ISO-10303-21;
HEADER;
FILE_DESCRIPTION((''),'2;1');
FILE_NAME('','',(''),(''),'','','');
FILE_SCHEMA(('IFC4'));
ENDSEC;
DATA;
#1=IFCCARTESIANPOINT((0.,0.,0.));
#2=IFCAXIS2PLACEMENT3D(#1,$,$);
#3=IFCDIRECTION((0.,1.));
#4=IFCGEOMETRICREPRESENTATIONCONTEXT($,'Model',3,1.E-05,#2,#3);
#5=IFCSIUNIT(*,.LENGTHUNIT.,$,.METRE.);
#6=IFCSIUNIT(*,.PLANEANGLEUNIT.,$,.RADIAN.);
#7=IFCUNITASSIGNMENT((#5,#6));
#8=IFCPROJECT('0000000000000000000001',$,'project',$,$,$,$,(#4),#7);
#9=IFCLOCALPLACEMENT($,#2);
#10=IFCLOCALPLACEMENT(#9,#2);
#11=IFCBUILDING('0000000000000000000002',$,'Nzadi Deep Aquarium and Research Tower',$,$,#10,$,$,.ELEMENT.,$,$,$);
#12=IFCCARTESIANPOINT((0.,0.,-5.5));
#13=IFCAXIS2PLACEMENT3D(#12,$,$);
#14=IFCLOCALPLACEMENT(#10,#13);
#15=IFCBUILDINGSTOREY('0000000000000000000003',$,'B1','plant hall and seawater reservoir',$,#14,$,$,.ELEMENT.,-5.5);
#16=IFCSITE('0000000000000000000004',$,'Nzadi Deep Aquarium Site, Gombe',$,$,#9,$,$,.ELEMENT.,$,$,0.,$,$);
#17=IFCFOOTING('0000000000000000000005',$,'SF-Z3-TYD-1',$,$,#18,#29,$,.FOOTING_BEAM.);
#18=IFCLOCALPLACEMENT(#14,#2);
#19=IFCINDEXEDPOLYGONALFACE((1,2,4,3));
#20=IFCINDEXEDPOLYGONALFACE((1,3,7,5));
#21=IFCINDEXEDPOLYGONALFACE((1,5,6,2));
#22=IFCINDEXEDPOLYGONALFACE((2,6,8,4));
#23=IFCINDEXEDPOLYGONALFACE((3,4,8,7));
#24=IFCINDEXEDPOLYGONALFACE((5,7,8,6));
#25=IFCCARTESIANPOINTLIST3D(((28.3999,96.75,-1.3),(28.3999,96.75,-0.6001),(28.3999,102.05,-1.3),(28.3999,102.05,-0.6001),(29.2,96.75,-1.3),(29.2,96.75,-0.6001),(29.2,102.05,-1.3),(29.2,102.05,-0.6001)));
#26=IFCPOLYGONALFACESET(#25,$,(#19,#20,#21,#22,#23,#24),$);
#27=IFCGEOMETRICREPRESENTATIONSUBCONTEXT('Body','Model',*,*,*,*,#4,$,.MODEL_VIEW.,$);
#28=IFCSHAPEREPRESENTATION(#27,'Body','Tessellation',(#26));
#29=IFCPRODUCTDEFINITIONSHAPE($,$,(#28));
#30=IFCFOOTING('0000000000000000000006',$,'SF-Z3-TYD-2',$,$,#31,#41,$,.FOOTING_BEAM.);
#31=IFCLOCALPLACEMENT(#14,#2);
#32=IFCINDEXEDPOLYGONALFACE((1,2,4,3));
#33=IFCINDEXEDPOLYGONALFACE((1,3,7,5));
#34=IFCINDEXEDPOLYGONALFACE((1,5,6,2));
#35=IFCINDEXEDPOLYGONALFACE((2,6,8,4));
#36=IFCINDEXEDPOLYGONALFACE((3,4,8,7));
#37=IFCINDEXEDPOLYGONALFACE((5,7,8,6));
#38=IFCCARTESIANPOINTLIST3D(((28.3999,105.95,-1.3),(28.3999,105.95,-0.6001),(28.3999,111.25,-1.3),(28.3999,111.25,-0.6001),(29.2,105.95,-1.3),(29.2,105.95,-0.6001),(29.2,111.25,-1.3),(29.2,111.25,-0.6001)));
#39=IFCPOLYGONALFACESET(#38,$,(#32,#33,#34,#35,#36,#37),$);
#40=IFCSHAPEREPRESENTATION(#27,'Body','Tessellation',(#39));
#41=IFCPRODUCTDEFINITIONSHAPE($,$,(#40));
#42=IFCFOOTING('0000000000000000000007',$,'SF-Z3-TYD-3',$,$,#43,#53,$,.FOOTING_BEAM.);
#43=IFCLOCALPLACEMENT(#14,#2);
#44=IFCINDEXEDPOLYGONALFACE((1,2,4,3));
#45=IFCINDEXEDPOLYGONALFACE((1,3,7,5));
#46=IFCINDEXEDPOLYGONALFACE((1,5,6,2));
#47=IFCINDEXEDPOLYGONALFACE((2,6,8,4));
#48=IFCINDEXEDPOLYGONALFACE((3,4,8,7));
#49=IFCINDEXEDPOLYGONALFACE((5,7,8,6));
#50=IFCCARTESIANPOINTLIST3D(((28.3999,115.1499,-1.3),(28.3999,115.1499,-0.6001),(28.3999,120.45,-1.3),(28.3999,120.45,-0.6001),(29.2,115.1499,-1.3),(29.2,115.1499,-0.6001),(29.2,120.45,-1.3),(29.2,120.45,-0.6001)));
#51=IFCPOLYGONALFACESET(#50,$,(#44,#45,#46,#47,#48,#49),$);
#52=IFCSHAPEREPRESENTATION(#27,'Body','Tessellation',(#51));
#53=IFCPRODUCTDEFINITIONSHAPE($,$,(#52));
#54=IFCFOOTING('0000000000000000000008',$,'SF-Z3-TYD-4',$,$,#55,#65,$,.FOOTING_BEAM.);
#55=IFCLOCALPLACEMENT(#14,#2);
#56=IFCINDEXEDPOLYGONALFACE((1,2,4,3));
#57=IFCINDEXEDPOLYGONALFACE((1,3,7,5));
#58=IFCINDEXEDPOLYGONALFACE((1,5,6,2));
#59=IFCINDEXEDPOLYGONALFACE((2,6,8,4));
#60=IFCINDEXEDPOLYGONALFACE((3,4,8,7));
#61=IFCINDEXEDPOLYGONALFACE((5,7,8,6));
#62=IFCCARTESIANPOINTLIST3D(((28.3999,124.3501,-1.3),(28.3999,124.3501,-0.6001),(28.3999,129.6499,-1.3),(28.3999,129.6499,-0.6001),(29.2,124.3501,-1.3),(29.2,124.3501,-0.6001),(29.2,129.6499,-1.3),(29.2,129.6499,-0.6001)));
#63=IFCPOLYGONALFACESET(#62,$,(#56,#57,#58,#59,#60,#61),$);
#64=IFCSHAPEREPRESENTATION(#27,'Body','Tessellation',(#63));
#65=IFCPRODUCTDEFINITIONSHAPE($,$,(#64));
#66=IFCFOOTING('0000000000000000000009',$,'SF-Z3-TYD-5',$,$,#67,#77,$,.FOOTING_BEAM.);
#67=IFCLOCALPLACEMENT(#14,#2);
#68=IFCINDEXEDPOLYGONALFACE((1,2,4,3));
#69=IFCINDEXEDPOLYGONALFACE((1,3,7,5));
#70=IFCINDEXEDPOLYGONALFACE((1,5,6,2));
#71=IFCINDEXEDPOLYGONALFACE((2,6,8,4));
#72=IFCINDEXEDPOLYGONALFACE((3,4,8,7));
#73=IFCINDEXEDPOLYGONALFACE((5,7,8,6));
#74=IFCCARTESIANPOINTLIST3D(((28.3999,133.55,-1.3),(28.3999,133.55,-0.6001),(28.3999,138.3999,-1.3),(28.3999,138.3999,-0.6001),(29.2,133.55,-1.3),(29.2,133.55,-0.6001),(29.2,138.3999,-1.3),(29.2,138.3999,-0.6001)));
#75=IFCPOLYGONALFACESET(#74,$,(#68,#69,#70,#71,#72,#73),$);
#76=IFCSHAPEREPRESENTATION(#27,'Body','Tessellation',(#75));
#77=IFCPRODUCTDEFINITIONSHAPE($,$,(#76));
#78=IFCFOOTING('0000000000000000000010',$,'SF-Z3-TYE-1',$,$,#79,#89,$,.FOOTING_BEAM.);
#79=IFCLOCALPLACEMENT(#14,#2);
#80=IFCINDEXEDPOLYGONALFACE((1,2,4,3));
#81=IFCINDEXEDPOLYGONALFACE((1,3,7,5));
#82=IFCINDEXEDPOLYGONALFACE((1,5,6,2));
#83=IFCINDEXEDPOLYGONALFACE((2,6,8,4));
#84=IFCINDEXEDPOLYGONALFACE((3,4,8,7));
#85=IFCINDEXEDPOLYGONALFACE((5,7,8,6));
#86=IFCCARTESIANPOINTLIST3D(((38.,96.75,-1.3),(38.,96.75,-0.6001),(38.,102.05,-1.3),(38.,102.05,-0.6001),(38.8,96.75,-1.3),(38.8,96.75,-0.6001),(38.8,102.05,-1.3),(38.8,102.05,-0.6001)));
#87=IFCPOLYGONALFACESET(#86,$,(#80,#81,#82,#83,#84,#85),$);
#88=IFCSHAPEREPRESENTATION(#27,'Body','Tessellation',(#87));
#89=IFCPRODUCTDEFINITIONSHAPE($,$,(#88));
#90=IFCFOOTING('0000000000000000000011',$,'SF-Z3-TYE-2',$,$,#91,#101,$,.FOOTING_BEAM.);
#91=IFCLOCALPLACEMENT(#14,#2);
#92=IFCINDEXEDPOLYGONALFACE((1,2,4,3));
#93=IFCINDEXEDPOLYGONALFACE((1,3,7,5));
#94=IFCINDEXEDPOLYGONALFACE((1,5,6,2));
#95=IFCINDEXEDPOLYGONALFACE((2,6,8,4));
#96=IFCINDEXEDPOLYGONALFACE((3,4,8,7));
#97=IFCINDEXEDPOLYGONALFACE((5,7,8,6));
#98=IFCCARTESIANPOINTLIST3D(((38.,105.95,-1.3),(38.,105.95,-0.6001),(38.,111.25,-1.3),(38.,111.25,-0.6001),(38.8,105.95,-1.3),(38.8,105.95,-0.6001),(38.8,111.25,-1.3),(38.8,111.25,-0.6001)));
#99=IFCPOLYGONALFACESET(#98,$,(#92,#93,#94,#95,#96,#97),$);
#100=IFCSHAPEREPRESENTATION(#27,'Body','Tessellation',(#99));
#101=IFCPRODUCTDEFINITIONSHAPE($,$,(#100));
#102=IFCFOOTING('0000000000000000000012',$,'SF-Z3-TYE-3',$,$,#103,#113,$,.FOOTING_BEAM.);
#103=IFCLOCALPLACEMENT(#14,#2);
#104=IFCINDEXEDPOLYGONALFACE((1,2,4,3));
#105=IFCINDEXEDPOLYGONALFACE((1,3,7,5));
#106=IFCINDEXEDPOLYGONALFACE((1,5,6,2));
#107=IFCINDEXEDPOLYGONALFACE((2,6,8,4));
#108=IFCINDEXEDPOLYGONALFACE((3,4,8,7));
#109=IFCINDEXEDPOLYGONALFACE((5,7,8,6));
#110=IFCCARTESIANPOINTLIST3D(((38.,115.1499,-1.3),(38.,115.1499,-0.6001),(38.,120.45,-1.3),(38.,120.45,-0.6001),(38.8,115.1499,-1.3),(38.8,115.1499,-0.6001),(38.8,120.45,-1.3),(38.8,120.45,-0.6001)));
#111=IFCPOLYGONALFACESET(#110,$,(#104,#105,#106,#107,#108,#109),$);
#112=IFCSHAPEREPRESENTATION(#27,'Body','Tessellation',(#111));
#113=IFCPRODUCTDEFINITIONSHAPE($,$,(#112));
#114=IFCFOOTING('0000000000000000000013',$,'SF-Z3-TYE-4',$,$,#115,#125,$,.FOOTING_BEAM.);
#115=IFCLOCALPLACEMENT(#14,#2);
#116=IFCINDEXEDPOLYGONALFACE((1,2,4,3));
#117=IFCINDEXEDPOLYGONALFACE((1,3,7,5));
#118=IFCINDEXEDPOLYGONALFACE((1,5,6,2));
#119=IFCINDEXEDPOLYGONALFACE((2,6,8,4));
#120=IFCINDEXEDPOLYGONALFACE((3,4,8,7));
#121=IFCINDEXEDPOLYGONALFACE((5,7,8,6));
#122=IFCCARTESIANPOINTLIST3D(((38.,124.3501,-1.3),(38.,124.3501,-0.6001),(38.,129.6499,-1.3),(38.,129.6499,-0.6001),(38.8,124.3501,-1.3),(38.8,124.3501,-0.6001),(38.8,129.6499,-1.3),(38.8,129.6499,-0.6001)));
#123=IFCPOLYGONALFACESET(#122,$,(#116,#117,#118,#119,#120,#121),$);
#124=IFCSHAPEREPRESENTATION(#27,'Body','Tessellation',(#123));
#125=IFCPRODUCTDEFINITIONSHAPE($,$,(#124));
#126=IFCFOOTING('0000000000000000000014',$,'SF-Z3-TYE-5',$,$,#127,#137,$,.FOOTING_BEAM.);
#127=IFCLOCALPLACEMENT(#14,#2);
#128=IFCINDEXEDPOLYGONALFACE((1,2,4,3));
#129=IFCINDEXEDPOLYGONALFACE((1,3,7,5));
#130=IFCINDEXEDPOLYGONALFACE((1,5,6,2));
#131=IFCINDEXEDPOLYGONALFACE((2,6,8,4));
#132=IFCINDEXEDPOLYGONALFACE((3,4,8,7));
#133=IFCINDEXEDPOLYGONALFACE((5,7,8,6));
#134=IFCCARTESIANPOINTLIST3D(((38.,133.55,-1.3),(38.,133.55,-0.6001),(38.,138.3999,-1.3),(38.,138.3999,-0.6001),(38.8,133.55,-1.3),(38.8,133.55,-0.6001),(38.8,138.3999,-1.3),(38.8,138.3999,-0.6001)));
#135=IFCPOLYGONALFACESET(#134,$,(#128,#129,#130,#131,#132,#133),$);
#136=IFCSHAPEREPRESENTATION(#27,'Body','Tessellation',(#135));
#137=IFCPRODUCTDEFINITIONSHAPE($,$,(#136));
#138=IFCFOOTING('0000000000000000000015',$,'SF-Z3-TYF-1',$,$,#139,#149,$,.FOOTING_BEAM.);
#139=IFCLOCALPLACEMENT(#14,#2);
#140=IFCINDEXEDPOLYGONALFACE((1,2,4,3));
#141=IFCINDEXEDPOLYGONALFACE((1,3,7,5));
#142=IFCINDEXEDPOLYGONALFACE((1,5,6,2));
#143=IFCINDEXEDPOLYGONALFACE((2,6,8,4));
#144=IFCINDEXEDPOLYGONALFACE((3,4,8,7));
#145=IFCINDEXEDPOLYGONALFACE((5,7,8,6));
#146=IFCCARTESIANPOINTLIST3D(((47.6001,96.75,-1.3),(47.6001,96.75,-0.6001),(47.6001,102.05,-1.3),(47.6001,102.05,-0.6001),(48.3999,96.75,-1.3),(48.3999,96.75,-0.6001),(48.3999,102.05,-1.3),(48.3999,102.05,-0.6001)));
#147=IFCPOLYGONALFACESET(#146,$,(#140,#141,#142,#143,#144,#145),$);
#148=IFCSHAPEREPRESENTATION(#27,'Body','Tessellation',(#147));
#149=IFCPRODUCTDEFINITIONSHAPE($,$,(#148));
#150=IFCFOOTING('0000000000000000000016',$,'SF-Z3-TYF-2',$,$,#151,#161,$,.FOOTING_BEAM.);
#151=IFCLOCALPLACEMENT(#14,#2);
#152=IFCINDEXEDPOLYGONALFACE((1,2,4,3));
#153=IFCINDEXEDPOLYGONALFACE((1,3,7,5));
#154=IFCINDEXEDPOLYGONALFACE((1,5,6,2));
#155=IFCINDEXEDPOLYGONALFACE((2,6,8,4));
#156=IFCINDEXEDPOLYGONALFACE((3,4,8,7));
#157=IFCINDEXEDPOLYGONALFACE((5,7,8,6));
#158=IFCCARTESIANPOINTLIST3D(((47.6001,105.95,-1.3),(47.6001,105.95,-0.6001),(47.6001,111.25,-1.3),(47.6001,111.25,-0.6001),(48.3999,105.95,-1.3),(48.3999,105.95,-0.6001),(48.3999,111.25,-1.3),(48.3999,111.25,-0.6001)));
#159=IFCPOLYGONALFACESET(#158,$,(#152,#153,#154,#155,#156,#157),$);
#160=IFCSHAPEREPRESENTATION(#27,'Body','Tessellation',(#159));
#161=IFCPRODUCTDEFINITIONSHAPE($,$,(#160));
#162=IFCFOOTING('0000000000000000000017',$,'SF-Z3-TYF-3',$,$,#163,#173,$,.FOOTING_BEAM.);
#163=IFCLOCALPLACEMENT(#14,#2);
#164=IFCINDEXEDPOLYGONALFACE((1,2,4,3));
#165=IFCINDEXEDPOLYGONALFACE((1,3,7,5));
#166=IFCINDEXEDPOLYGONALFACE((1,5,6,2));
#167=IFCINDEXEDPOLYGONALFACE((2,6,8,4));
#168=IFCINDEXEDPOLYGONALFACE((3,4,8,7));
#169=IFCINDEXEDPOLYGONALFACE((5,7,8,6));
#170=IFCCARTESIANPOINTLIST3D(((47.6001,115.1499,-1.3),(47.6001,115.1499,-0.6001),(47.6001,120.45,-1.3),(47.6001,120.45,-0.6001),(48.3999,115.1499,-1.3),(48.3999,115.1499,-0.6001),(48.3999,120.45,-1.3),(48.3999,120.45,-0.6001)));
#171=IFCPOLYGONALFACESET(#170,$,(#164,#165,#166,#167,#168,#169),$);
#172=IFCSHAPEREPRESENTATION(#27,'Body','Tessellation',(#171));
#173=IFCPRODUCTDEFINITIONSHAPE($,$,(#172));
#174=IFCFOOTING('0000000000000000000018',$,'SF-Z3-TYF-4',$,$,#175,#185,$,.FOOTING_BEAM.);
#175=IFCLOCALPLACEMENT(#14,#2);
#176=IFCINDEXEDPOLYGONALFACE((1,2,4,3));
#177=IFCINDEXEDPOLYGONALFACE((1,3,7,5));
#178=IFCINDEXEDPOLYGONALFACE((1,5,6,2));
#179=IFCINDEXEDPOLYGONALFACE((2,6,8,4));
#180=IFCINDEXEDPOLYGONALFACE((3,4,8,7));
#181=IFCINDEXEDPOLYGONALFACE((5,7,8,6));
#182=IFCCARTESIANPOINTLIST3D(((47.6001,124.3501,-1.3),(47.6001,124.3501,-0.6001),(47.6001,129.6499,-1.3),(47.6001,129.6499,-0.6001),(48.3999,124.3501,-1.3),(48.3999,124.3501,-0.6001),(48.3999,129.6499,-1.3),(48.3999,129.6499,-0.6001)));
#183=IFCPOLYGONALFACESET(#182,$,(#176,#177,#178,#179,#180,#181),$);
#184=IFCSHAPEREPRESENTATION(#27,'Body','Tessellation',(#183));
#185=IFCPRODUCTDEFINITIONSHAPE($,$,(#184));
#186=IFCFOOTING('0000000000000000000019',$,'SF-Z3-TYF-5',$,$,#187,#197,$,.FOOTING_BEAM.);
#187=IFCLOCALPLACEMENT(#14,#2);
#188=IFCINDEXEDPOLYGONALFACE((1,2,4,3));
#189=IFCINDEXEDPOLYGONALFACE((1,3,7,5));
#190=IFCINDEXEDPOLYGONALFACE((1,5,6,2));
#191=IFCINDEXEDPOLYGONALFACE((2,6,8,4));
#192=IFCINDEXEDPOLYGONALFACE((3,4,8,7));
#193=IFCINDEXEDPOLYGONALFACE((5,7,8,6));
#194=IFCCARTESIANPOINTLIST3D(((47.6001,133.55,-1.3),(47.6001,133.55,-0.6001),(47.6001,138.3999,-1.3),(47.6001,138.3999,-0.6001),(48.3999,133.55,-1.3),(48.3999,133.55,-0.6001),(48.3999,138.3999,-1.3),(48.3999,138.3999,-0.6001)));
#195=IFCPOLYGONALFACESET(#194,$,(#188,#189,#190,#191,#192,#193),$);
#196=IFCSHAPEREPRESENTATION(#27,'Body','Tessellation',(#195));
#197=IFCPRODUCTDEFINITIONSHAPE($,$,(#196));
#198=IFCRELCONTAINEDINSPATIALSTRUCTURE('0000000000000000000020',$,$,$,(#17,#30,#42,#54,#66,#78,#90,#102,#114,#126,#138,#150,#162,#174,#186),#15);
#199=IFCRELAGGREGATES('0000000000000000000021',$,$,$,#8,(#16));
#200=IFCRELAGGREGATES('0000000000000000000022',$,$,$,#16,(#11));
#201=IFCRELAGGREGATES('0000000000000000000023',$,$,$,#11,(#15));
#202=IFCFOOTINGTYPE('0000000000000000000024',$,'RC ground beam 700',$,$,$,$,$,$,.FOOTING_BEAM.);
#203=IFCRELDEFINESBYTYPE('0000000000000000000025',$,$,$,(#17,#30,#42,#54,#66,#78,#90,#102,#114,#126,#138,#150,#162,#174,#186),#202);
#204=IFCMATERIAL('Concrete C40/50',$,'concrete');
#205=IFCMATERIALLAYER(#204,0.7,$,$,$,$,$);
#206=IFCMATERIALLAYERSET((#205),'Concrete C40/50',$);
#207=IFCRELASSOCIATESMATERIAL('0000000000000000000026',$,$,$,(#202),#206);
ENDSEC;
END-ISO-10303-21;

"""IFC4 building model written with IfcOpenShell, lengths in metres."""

from ifc_helpers import new_model, si_unit, direction, frame, origin, place, context, subcontext, project, spatial, polyline, outline, extrude, material, layer, layer_set, type_object, element, save


model = new_model("IFC4")

# Units and contexts
model_context = context("Model", 3, precision=1e-05, world=origin(), true_north=direction((0.0, 1.0)))
body_context = subcontext(model_context, "Body", "Model", "MODEL_VIEW")
ifc_project = project(units=[si_unit("LENGTHUNIT", "METRE"), si_unit("PLANEANGLEUNIT", "RADIAN")], contexts=[model_context])

# Site, building, storey
site_placement = place(None, origin())
site = spatial("IfcSite", under=ifc_project, at=site_placement, Name="Nzadi Deep Aquarium Site, Gombe", CompositionType="ELEMENT", RefElevation=0.0)
building_placement = place(site_placement, origin())
building = spatial("IfcBuilding", under=site, at=building_placement, Name="Nzadi Deep Aquarium and Research Tower", CompositionType="ELEMENT")
storey_placement = place(building_placement, frame((0.0, 0.0, -5.5)))
storey = spatial("IfcBuildingStorey", under=building, at=storey_placement, Name="B1", Description="plant hall and seawater reservoir", CompositionType="ELEMENT", Elevation=-5.5)

# Footings
ifc_material_1 = material(Name="Concrete C40/50", Category="concrete")
ifc_layer_1 = layer(ifc_material_1, 0.7)
ifc_layer_set_1 = layer_set([ifc_layer_1], Name="Concrete C40/50")
footing_type = type_object("IfcFootingType", Name="RC ground beam 700", PredefinedType="FOOTING_BEAM", material=ifc_layer_set_1)
footing_1_placement = place(storey_placement, frame((0.0, 0.0, -1.3)))
element("IfcFooting", 1, at=footing_1_placement, inside=storey, type_object=footing_type, Name="SF-Z3-TYD-1", PredefinedType="FOOTING_BEAM", context=body_context, shape_type="SweptSolid", body=[
    extrude(outline(polyline([(29.2, 96.75), (29.2, 102.05), (28.3999, 102.05), (28.3999, 96.75), (29.2, 96.75)])), origin(), (0.0, 0.0, 1.0), 0.7),
])
footing_2_placement = place(storey_placement, frame((0.0, 0.0, -1.3)))
element("IfcFooting", 2, at=footing_2_placement, inside=storey, type_object=footing_type, Name="SF-Z3-TYD-2", PredefinedType="FOOTING_BEAM", context=body_context, shape_type="SweptSolid", body=[
    extrude(outline(polyline([(29.2, 105.95), (29.2, 111.25), (28.3999, 111.25), (28.3999, 105.95), (29.2, 105.95)])), origin(), (0.0, 0.0, 1.0), 0.7),
])
footing_3_placement = place(storey_placement, frame((0.0, 0.0, -1.3)))
element("IfcFooting", 3, at=footing_3_placement, inside=storey, type_object=footing_type, Name="SF-Z3-TYD-3", PredefinedType="FOOTING_BEAM", context=body_context, shape_type="SweptSolid", body=[
    extrude(outline(polyline([(29.2, 115.1499), (29.2, 120.45), (28.3999, 120.45), (28.3999, 115.1499), (29.2, 115.1499)])), origin(), (0.0, 0.0, 1.0), 0.7),
])
footing_4_placement = place(storey_placement, frame((0.0, 0.0, -1.3)))
element("IfcFooting", 4, at=footing_4_placement, inside=storey, type_object=footing_type, Name="SF-Z3-TYD-4", PredefinedType="FOOTING_BEAM", context=body_context, shape_type="SweptSolid", body=[
    extrude(outline(polyline([(29.2, 124.3501), (29.2, 129.6499), (28.3999, 129.6499), (28.3999, 124.3501), (29.2, 124.3501)])), origin(), (0.0, 0.0, 1.0), 0.7),
])
footing_5_placement = place(storey_placement, frame((0.0, 0.0, -1.3)))
element("IfcFooting", 5, at=footing_5_placement, inside=storey, type_object=footing_type, Name="SF-Z3-TYD-5", PredefinedType="FOOTING_BEAM", context=body_context, shape_type="SweptSolid", body=[
    extrude(outline(polyline([(29.2, 133.55), (29.2, 138.3999), (28.3999, 138.3999), (28.3999, 133.55), (29.2, 133.55)])), origin(), (0.0, 0.0, 1.0), 0.7),
])
footing_6_placement = place(storey_placement, frame((0.0, 0.0, -1.3)))
element("IfcFooting", 6, at=footing_6_placement, inside=storey, type_object=footing_type, Name="SF-Z3-TYE-1", PredefinedType="FOOTING_BEAM", context=body_context, shape_type="SweptSolid", body=[
    extrude(outline(polyline([(38.8, 96.75), (38.8, 102.05), (38.0, 102.05), (38.0, 96.75), (38.8, 96.75)])), origin(), (0.0, 0.0, 1.0), 0.7),
])
footing_7_placement = place(storey_placement, frame((0.0, 0.0, -1.3)))
element("IfcFooting", 7, at=footing_7_placement, inside=storey, type_object=footing_type, Name="SF-Z3-TYE-2", PredefinedType="FOOTING_BEAM", context=body_context, shape_type="SweptSolid", body=[
    extrude(outline(polyline([(38.8, 105.95), (38.8, 111.25), (38.0, 111.25), (38.0, 105.95), (38.8, 105.95)])), origin(), (0.0, 0.0, 1.0), 0.7),
])
footing_8_placement = place(storey_placement, frame((0.0, 0.0, -1.3)))
element("IfcFooting", 8, at=footing_8_placement, inside=storey, type_object=footing_type, Name="SF-Z3-TYE-3", PredefinedType="FOOTING_BEAM", context=body_context, shape_type="SweptSolid", body=[
    extrude(outline(polyline([(38.8, 115.1499), (38.8, 120.45), (38.0, 120.45), (38.0, 115.1499), (38.8, 115.1499)])), origin(), (0.0, 0.0, 1.0), 0.7),
])
footing_9_placement = place(storey_placement, frame((0.0, 0.0, -1.3)))
element("IfcFooting", 9, at=footing_9_placement, inside=storey, type_object=footing_type, Name="SF-Z3-TYE-4", PredefinedType="FOOTING_BEAM", context=body_context, shape_type="SweptSolid", body=[
    extrude(outline(polyline([(38.8, 124.3501), (38.8, 129.6499), (38.0, 129.6499), (38.0, 124.3501), (38.8, 124.3501)])), origin(), (0.0, 0.0, 1.0), 0.7),
])
footing_10_placement = place(storey_placement, frame((0.0, 0.0, -1.3)))
element("IfcFooting", 10, at=footing_10_placement, inside=storey, type_object=footing_type, Name="SF-Z3-TYE-5", PredefinedType="FOOTING_BEAM", context=body_context, shape_type="SweptSolid", body=[
    extrude(outline(polyline([(38.8, 133.55), (38.8, 138.3999), (38.0, 138.3999), (38.0, 133.55), (38.8, 133.55)])), origin(), (0.0, 0.0, 1.0), 0.7),
])
footing_11_placement = place(storey_placement, frame((0.0, 0.0, -1.3)))
element("IfcFooting", 11, at=footing_11_placement, inside=storey, type_object=footing_type, Name="SF-Z3-TYF-1", PredefinedType="FOOTING_BEAM", context=body_context, shape_type="SweptSolid", body=[
    extrude(outline(polyline([(48.3999, 96.75), (48.3999, 102.05), (47.6001, 102.05), (47.6001, 96.75), (48.3999, 96.75)])), origin(), (0.0, 0.0, 1.0), 0.7),
])
footing_12_placement = place(storey_placement, frame((0.0, 0.0, -1.3)))
element("IfcFooting", 12, at=footing_12_placement, inside=storey, type_object=footing_type, Name="SF-Z3-TYF-2", PredefinedType="FOOTING_BEAM", context=body_context, shape_type="SweptSolid", body=[
    extrude(outline(polyline([(48.3999, 105.95), (48.3999, 111.25), (47.6001, 111.25), (47.6001, 105.95), (48.3999, 105.95)])), origin(), (0.0, 0.0, 1.0), 0.7),
])
footing_13_placement = place(storey_placement, frame((0.0, 0.0, -1.3)))
element("IfcFooting", 13, at=footing_13_placement, inside=storey, type_object=footing_type, Name="SF-Z3-TYF-3", PredefinedType="FOOTING_BEAM", context=body_context, shape_type="SweptSolid", body=[
    extrude(outline(polyline([(48.3999, 115.1499), (48.3999, 120.45), (47.6001, 120.45), (47.6001, 115.1499), (48.3999, 115.1499)])), origin(), (0.0, 0.0, 1.0), 0.7),
])
footing_14_placement = place(storey_placement, frame((0.0, 0.0, -1.3)))
element("IfcFooting", 14, at=footing_14_placement, inside=storey, type_object=footing_type, Name="SF-Z3-TYF-4", PredefinedType="FOOTING_BEAM", context=body_context, shape_type="SweptSolid", body=[
    extrude(outline(polyline([(48.3999, 124.3501), (48.3999, 129.6499), (47.6001, 129.6499), (47.6001, 124.3501), (48.3999, 124.3501)])), origin(), (0.0, 0.0, 1.0), 0.7),
])
footing_15_placement = place(storey_placement, frame((0.0, 0.0, -1.3)))
element("IfcFooting", 15, at=footing_15_placement, inside=storey, type_object=footing_type, Name="SF-Z3-TYF-5", PredefinedType="FOOTING_BEAM", context=body_context, shape_type="SweptSolid", body=[
    extrude(outline(polyline([(48.3999, 133.55), (48.3999, 138.3999), (47.6001, 138.3999), (47.6001, 133.55), (48.3999, 133.55)])), origin(), (0.0, 0.0, 1.0), 0.7),
])

save(model, "model.ifc")
